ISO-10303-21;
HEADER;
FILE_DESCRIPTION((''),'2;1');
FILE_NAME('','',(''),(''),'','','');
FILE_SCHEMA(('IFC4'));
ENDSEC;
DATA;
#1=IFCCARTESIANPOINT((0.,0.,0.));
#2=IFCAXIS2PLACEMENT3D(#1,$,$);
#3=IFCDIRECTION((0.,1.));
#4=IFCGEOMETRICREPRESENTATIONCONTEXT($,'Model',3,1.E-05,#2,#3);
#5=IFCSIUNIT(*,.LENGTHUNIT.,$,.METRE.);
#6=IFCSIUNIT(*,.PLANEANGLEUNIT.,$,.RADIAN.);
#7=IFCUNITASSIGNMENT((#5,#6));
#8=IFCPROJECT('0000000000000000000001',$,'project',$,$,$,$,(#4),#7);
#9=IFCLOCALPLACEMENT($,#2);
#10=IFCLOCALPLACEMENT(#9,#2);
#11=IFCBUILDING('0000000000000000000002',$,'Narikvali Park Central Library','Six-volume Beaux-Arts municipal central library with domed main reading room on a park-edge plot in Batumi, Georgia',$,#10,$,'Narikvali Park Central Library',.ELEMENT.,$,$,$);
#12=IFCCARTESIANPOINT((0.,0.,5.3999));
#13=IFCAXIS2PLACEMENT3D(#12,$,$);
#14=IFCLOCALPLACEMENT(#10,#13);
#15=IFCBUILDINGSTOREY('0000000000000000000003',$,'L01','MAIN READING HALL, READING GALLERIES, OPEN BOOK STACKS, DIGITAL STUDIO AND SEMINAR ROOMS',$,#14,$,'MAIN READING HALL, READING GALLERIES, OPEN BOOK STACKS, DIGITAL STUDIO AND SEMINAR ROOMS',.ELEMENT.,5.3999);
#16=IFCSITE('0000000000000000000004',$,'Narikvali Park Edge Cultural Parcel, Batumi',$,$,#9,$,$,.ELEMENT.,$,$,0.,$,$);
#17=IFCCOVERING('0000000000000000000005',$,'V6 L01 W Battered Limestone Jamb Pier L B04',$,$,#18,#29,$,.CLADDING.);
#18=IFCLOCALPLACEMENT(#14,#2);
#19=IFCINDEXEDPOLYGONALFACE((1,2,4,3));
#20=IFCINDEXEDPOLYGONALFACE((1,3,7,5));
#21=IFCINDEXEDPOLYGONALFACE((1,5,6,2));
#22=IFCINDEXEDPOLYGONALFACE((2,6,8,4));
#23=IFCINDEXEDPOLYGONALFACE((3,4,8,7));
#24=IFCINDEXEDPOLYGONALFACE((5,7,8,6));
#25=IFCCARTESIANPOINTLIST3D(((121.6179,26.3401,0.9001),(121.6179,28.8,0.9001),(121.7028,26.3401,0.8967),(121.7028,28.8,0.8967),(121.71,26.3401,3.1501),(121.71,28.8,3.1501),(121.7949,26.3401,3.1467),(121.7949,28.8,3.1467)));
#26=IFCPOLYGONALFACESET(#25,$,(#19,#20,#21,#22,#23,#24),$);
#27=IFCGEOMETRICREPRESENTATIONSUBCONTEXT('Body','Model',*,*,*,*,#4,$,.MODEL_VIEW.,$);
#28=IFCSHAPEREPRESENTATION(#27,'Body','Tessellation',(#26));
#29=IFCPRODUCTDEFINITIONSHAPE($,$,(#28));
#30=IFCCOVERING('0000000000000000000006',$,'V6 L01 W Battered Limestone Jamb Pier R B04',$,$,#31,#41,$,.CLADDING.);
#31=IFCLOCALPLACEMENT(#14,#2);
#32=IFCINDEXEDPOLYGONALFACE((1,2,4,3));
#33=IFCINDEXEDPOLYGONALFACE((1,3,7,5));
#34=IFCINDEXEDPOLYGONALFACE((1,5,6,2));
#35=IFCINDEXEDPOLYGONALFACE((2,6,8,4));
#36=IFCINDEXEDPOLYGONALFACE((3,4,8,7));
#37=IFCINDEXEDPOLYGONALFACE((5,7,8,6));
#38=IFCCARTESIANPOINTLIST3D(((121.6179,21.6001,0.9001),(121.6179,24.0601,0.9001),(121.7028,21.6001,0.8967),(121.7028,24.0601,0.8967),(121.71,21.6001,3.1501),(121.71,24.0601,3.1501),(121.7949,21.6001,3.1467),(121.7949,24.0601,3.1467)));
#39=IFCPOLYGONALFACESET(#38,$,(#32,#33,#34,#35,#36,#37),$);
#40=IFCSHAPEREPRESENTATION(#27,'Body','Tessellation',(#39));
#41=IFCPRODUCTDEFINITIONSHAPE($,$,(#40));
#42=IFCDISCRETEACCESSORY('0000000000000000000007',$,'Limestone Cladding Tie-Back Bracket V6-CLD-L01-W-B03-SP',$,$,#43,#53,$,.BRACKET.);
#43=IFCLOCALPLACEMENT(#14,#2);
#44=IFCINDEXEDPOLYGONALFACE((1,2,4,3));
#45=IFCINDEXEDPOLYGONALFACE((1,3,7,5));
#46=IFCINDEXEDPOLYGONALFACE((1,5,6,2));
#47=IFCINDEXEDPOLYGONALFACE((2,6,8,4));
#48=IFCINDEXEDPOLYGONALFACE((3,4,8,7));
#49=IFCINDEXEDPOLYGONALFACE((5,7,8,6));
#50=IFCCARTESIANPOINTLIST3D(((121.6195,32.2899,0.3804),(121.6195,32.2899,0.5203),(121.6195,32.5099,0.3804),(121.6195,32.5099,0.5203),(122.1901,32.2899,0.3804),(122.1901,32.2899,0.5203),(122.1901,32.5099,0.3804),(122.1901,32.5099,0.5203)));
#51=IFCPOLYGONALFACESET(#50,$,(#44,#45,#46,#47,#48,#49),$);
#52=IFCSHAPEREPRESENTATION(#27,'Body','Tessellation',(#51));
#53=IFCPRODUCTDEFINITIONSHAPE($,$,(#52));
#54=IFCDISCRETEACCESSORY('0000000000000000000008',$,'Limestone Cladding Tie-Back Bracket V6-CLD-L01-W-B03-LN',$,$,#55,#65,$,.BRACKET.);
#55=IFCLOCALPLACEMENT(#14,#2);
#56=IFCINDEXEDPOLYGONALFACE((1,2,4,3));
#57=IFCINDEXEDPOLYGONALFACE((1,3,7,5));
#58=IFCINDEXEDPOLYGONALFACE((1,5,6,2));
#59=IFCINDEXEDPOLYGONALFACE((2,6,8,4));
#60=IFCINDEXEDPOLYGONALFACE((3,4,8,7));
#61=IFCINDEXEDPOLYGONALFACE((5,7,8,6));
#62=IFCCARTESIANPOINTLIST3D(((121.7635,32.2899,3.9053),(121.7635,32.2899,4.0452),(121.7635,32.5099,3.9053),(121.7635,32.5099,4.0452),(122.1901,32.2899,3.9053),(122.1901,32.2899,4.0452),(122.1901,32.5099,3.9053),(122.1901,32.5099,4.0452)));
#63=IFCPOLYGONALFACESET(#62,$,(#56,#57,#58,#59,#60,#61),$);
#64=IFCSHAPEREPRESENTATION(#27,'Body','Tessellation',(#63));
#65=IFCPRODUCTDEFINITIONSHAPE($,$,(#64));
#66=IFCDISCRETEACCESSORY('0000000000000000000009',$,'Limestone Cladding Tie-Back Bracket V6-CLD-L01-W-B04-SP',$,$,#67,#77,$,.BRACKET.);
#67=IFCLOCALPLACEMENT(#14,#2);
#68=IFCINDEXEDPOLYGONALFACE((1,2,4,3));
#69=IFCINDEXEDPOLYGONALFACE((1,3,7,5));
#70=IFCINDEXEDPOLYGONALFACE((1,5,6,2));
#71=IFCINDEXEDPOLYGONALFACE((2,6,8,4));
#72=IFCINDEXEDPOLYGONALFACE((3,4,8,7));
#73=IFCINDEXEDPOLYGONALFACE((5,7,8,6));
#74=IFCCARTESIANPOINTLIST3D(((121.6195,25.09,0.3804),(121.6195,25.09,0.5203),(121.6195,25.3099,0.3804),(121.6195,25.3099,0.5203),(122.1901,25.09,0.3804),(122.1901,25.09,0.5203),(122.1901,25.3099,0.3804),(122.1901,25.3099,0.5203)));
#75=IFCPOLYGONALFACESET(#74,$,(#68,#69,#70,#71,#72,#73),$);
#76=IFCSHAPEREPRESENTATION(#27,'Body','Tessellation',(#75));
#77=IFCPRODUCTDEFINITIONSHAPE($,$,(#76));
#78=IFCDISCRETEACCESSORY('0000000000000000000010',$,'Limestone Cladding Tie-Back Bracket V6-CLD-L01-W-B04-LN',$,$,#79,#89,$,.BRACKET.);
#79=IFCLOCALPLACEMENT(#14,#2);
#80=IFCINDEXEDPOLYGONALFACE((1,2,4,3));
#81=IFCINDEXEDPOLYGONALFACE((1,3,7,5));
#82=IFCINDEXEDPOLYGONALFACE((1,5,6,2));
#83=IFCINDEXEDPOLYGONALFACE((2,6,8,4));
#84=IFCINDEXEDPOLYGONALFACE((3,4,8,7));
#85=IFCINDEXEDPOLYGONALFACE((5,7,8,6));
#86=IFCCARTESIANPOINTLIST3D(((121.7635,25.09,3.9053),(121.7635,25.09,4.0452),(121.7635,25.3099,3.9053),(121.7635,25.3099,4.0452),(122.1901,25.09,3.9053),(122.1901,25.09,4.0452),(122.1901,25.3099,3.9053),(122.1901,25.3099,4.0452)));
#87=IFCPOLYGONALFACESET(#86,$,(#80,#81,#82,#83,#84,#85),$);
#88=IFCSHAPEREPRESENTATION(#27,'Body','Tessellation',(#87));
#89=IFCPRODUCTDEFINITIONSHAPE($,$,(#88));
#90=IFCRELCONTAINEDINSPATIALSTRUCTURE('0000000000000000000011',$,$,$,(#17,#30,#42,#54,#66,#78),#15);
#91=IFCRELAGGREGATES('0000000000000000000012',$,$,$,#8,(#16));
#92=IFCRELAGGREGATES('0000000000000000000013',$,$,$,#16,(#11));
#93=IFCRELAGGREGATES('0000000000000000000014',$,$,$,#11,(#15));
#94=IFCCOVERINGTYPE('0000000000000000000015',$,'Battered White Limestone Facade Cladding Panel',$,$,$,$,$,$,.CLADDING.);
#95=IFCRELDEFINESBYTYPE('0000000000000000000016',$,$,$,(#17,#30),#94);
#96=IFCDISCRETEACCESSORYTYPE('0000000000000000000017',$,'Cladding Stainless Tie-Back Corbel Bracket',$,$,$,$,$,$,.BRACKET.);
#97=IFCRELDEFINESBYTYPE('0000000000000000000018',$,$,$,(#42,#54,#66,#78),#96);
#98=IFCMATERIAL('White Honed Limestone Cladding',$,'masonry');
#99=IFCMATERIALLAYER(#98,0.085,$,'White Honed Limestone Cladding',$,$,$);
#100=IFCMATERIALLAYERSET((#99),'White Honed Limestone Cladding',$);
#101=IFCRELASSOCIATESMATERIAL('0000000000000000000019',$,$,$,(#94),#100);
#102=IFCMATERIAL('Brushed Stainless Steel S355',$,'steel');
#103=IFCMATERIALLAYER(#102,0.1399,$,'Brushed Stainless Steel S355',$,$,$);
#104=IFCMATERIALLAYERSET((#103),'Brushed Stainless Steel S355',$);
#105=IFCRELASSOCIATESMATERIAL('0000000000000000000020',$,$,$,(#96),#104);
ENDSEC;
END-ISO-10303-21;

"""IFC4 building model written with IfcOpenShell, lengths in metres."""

from ifc_helpers import new_model, si_unit, direction, frame, origin, origin_2d, place, context, subcontext, project, spatial, polyline, rectangle, outline, extrude, material, layer, layer_set, type_object, element, save


model = new_model("IFC4")

# Units and contexts
model_context = context("Model", 3, precision=1e-05, world=origin(), true_north=direction((0.0, 1.0)))
body_context = subcontext(model_context, "Body", "Model", "MODEL_VIEW")
ifc_project = project(units=[si_unit("LENGTHUNIT", "METRE"), si_unit("PLANEANGLEUNIT", "RADIAN")], contexts=[model_context])

# Site, building, storey
site_placement = place(None, origin())
site = spatial("IfcSite", under=ifc_project, at=site_placement, Name="Narikvali Park Edge Cultural Parcel, Batumi", CompositionType="ELEMENT", RefElevation=0.0)
building_placement = place(site_placement, origin())
building = spatial("IfcBuilding", under=site, at=building_placement, Name="Narikvali Park Central Library", Description="Six-volume Beaux-Arts municipal central library with domed main reading room on a park-edge plot in Batumi, Georgia", LongName="Narikvali Park Central Library", CompositionType="ELEMENT")
storey_placement = place(building_placement, frame((0.0, 0.0, 5.3999)))
storey = spatial("IfcBuildingStorey", under=building, at=storey_placement, Name="L01", Description="MAIN READING HALL, READING GALLERIES, OPEN BOOK STACKS, DIGITAL STUDIO AND SEMINAR ROOMS", LongName="MAIN READING HALL, READING GALLERIES, OPEN BOOK STACKS, DIGITAL STUDIO AND SEMINAR ROOMS", CompositionType="ELEMENT", Elevation=5.3999)

# Coverings
ifc_material_1 = material(Name="White Honed Limestone Cladding", Category="masonry")
ifc_layer_1 = layer(ifc_material_1, 0.085, Name="White Honed Limestone Cladding")
ifc_layer_set_1 = layer_set([ifc_layer_1], Name="White Honed Limestone Cladding")
covering_type = type_object("IfcCoveringType", Name="Battered White Limestone Facade Cladding Panel", PredefinedType="CLADDING", material=ifc_layer_set_1)
for number, where, z_axis, x_axis, name in (
    (1, (121.6179, 28.8, 0.9001), (-0.999164, 0.0, 0.040873), (0.0, -1.0, 0.0), "V6 L01 W Battered Limestone Jamb Pier L B04"),
    (2, (121.6179, 24.0601, 0.9001), (-0.999164, 0.0, 0.040873), (0.0, -1.0, 0.0), "V6 L01 W Battered Limestone Jamb Pier R B04"),
):
    element("IfcCovering", number, at=place(storey_placement, frame(where, z_axis=z_axis, x_axis=x_axis)), inside=storey, type_object=covering_type, Name=name, PredefinedType="CLADDING", context=body_context, shape_type="SweptSolid", body=[
        extrude(outline(polyline([(0.0, 0.0), (2.46, 0.0), (2.46, 2.2519), (0.0, 2.2519), (0.0, 0.0)])), origin(), (0.0, 0.0, -1.0), 0.085),
    ])

# Discrete accessories
ifc_material_2 = material(Name="Brushed Stainless Steel S355", Category="steel")
ifc_layer_2 = layer(ifc_material_2, 0.1399, Name="Brushed Stainless Steel S355")
ifc_layer_set_2 = layer_set([ifc_layer_2], Name="Brushed Stainless Steel S355")
discrete_accessory_type = type_object("IfcDiscreteAccessoryType", Name="Cladding Stainless Tie-Back Corbel Bracket", PredefinedType="BRACKET", material=ifc_layer_set_2)
discrete_accessory_1_placement = place(storey_placement, frame((121.9048, 32.3999, 0.3804), z_axis=(0.0, 0.0, 1.0), x_axis=(1.0, 0.0, 0.0)))
element("IfcDiscreteAccessory", 3, at=discrete_accessory_1_placement, inside=storey, type_object=discrete_accessory_type, Name="Limestone Cladding Tie-Back Bracket V6-CLD-L01-W-B03-SP", PredefinedType="BRACKET", context=body_context, shape_type="SweptSolid", body=[
    extrude(rectangle(XDim=0.5706, YDim=0.22, at=origin_2d()), origin(), (0.0, 0.0, 1.0), 0.1399),
])
discrete_accessory_2_placement = place(storey_placement, frame((121.9768, 32.3999, 3.9053), z_axis=(0.0, 0.0, 1.0), x_axis=(1.0, 0.0, 0.0)))
element("IfcDiscreteAccessory", 4, at=discrete_accessory_2_placement, inside=storey, type_object=discrete_accessory_type, Name="Limestone Cladding Tie-Back Bracket V6-CLD-L01-W-B03-LN", PredefinedType="BRACKET", context=body_context, shape_type="SweptSolid", body=[
    extrude(rectangle(XDim=0.4265, YDim=0.22, at=origin_2d()), origin(), (0.0, 0.0, 1.0), 0.1399),
])
discrete_accessory_3_placement = place(storey_placement, frame((121.9048, 25.2, 0.3804), z_axis=(0.0, 0.0, 1.0), x_axis=(1.0, 0.0, 0.0)))
element("IfcDiscreteAccessory", 5, at=discrete_accessory_3_placement, inside=storey, type_object=discrete_accessory_type, Name="Limestone Cladding Tie-Back Bracket V6-CLD-L01-W-B04-SP", PredefinedType="BRACKET", context=body_context, shape_type="SweptSolid", body=[
    extrude(rectangle(XDim=0.5706, YDim=0.22, at=origin_2d()), origin(), (0.0, 0.0, 1.0), 0.1399),
])
discrete_accessory_4_placement = place(storey_placement, frame((121.9768, 25.2, 3.9053), z_axis=(0.0, 0.0, 1.0), x_axis=(1.0, 0.0, 0.0)))
element("IfcDiscreteAccessory", 6, at=discrete_accessory_4_placement, inside=storey, type_object=discrete_accessory_type, Name="Limestone Cladding Tie-Back Bracket V6-CLD-L01-W-B04-LN", PredefinedType="BRACKET", context=body_context, shape_type="SweptSolid", body=[
    extrude(rectangle(XDim=0.4265, YDim=0.22, at=origin_2d()), origin(), (0.0, 0.0, 1.0), 0.1399),
])

save(model, "model.ifc")
